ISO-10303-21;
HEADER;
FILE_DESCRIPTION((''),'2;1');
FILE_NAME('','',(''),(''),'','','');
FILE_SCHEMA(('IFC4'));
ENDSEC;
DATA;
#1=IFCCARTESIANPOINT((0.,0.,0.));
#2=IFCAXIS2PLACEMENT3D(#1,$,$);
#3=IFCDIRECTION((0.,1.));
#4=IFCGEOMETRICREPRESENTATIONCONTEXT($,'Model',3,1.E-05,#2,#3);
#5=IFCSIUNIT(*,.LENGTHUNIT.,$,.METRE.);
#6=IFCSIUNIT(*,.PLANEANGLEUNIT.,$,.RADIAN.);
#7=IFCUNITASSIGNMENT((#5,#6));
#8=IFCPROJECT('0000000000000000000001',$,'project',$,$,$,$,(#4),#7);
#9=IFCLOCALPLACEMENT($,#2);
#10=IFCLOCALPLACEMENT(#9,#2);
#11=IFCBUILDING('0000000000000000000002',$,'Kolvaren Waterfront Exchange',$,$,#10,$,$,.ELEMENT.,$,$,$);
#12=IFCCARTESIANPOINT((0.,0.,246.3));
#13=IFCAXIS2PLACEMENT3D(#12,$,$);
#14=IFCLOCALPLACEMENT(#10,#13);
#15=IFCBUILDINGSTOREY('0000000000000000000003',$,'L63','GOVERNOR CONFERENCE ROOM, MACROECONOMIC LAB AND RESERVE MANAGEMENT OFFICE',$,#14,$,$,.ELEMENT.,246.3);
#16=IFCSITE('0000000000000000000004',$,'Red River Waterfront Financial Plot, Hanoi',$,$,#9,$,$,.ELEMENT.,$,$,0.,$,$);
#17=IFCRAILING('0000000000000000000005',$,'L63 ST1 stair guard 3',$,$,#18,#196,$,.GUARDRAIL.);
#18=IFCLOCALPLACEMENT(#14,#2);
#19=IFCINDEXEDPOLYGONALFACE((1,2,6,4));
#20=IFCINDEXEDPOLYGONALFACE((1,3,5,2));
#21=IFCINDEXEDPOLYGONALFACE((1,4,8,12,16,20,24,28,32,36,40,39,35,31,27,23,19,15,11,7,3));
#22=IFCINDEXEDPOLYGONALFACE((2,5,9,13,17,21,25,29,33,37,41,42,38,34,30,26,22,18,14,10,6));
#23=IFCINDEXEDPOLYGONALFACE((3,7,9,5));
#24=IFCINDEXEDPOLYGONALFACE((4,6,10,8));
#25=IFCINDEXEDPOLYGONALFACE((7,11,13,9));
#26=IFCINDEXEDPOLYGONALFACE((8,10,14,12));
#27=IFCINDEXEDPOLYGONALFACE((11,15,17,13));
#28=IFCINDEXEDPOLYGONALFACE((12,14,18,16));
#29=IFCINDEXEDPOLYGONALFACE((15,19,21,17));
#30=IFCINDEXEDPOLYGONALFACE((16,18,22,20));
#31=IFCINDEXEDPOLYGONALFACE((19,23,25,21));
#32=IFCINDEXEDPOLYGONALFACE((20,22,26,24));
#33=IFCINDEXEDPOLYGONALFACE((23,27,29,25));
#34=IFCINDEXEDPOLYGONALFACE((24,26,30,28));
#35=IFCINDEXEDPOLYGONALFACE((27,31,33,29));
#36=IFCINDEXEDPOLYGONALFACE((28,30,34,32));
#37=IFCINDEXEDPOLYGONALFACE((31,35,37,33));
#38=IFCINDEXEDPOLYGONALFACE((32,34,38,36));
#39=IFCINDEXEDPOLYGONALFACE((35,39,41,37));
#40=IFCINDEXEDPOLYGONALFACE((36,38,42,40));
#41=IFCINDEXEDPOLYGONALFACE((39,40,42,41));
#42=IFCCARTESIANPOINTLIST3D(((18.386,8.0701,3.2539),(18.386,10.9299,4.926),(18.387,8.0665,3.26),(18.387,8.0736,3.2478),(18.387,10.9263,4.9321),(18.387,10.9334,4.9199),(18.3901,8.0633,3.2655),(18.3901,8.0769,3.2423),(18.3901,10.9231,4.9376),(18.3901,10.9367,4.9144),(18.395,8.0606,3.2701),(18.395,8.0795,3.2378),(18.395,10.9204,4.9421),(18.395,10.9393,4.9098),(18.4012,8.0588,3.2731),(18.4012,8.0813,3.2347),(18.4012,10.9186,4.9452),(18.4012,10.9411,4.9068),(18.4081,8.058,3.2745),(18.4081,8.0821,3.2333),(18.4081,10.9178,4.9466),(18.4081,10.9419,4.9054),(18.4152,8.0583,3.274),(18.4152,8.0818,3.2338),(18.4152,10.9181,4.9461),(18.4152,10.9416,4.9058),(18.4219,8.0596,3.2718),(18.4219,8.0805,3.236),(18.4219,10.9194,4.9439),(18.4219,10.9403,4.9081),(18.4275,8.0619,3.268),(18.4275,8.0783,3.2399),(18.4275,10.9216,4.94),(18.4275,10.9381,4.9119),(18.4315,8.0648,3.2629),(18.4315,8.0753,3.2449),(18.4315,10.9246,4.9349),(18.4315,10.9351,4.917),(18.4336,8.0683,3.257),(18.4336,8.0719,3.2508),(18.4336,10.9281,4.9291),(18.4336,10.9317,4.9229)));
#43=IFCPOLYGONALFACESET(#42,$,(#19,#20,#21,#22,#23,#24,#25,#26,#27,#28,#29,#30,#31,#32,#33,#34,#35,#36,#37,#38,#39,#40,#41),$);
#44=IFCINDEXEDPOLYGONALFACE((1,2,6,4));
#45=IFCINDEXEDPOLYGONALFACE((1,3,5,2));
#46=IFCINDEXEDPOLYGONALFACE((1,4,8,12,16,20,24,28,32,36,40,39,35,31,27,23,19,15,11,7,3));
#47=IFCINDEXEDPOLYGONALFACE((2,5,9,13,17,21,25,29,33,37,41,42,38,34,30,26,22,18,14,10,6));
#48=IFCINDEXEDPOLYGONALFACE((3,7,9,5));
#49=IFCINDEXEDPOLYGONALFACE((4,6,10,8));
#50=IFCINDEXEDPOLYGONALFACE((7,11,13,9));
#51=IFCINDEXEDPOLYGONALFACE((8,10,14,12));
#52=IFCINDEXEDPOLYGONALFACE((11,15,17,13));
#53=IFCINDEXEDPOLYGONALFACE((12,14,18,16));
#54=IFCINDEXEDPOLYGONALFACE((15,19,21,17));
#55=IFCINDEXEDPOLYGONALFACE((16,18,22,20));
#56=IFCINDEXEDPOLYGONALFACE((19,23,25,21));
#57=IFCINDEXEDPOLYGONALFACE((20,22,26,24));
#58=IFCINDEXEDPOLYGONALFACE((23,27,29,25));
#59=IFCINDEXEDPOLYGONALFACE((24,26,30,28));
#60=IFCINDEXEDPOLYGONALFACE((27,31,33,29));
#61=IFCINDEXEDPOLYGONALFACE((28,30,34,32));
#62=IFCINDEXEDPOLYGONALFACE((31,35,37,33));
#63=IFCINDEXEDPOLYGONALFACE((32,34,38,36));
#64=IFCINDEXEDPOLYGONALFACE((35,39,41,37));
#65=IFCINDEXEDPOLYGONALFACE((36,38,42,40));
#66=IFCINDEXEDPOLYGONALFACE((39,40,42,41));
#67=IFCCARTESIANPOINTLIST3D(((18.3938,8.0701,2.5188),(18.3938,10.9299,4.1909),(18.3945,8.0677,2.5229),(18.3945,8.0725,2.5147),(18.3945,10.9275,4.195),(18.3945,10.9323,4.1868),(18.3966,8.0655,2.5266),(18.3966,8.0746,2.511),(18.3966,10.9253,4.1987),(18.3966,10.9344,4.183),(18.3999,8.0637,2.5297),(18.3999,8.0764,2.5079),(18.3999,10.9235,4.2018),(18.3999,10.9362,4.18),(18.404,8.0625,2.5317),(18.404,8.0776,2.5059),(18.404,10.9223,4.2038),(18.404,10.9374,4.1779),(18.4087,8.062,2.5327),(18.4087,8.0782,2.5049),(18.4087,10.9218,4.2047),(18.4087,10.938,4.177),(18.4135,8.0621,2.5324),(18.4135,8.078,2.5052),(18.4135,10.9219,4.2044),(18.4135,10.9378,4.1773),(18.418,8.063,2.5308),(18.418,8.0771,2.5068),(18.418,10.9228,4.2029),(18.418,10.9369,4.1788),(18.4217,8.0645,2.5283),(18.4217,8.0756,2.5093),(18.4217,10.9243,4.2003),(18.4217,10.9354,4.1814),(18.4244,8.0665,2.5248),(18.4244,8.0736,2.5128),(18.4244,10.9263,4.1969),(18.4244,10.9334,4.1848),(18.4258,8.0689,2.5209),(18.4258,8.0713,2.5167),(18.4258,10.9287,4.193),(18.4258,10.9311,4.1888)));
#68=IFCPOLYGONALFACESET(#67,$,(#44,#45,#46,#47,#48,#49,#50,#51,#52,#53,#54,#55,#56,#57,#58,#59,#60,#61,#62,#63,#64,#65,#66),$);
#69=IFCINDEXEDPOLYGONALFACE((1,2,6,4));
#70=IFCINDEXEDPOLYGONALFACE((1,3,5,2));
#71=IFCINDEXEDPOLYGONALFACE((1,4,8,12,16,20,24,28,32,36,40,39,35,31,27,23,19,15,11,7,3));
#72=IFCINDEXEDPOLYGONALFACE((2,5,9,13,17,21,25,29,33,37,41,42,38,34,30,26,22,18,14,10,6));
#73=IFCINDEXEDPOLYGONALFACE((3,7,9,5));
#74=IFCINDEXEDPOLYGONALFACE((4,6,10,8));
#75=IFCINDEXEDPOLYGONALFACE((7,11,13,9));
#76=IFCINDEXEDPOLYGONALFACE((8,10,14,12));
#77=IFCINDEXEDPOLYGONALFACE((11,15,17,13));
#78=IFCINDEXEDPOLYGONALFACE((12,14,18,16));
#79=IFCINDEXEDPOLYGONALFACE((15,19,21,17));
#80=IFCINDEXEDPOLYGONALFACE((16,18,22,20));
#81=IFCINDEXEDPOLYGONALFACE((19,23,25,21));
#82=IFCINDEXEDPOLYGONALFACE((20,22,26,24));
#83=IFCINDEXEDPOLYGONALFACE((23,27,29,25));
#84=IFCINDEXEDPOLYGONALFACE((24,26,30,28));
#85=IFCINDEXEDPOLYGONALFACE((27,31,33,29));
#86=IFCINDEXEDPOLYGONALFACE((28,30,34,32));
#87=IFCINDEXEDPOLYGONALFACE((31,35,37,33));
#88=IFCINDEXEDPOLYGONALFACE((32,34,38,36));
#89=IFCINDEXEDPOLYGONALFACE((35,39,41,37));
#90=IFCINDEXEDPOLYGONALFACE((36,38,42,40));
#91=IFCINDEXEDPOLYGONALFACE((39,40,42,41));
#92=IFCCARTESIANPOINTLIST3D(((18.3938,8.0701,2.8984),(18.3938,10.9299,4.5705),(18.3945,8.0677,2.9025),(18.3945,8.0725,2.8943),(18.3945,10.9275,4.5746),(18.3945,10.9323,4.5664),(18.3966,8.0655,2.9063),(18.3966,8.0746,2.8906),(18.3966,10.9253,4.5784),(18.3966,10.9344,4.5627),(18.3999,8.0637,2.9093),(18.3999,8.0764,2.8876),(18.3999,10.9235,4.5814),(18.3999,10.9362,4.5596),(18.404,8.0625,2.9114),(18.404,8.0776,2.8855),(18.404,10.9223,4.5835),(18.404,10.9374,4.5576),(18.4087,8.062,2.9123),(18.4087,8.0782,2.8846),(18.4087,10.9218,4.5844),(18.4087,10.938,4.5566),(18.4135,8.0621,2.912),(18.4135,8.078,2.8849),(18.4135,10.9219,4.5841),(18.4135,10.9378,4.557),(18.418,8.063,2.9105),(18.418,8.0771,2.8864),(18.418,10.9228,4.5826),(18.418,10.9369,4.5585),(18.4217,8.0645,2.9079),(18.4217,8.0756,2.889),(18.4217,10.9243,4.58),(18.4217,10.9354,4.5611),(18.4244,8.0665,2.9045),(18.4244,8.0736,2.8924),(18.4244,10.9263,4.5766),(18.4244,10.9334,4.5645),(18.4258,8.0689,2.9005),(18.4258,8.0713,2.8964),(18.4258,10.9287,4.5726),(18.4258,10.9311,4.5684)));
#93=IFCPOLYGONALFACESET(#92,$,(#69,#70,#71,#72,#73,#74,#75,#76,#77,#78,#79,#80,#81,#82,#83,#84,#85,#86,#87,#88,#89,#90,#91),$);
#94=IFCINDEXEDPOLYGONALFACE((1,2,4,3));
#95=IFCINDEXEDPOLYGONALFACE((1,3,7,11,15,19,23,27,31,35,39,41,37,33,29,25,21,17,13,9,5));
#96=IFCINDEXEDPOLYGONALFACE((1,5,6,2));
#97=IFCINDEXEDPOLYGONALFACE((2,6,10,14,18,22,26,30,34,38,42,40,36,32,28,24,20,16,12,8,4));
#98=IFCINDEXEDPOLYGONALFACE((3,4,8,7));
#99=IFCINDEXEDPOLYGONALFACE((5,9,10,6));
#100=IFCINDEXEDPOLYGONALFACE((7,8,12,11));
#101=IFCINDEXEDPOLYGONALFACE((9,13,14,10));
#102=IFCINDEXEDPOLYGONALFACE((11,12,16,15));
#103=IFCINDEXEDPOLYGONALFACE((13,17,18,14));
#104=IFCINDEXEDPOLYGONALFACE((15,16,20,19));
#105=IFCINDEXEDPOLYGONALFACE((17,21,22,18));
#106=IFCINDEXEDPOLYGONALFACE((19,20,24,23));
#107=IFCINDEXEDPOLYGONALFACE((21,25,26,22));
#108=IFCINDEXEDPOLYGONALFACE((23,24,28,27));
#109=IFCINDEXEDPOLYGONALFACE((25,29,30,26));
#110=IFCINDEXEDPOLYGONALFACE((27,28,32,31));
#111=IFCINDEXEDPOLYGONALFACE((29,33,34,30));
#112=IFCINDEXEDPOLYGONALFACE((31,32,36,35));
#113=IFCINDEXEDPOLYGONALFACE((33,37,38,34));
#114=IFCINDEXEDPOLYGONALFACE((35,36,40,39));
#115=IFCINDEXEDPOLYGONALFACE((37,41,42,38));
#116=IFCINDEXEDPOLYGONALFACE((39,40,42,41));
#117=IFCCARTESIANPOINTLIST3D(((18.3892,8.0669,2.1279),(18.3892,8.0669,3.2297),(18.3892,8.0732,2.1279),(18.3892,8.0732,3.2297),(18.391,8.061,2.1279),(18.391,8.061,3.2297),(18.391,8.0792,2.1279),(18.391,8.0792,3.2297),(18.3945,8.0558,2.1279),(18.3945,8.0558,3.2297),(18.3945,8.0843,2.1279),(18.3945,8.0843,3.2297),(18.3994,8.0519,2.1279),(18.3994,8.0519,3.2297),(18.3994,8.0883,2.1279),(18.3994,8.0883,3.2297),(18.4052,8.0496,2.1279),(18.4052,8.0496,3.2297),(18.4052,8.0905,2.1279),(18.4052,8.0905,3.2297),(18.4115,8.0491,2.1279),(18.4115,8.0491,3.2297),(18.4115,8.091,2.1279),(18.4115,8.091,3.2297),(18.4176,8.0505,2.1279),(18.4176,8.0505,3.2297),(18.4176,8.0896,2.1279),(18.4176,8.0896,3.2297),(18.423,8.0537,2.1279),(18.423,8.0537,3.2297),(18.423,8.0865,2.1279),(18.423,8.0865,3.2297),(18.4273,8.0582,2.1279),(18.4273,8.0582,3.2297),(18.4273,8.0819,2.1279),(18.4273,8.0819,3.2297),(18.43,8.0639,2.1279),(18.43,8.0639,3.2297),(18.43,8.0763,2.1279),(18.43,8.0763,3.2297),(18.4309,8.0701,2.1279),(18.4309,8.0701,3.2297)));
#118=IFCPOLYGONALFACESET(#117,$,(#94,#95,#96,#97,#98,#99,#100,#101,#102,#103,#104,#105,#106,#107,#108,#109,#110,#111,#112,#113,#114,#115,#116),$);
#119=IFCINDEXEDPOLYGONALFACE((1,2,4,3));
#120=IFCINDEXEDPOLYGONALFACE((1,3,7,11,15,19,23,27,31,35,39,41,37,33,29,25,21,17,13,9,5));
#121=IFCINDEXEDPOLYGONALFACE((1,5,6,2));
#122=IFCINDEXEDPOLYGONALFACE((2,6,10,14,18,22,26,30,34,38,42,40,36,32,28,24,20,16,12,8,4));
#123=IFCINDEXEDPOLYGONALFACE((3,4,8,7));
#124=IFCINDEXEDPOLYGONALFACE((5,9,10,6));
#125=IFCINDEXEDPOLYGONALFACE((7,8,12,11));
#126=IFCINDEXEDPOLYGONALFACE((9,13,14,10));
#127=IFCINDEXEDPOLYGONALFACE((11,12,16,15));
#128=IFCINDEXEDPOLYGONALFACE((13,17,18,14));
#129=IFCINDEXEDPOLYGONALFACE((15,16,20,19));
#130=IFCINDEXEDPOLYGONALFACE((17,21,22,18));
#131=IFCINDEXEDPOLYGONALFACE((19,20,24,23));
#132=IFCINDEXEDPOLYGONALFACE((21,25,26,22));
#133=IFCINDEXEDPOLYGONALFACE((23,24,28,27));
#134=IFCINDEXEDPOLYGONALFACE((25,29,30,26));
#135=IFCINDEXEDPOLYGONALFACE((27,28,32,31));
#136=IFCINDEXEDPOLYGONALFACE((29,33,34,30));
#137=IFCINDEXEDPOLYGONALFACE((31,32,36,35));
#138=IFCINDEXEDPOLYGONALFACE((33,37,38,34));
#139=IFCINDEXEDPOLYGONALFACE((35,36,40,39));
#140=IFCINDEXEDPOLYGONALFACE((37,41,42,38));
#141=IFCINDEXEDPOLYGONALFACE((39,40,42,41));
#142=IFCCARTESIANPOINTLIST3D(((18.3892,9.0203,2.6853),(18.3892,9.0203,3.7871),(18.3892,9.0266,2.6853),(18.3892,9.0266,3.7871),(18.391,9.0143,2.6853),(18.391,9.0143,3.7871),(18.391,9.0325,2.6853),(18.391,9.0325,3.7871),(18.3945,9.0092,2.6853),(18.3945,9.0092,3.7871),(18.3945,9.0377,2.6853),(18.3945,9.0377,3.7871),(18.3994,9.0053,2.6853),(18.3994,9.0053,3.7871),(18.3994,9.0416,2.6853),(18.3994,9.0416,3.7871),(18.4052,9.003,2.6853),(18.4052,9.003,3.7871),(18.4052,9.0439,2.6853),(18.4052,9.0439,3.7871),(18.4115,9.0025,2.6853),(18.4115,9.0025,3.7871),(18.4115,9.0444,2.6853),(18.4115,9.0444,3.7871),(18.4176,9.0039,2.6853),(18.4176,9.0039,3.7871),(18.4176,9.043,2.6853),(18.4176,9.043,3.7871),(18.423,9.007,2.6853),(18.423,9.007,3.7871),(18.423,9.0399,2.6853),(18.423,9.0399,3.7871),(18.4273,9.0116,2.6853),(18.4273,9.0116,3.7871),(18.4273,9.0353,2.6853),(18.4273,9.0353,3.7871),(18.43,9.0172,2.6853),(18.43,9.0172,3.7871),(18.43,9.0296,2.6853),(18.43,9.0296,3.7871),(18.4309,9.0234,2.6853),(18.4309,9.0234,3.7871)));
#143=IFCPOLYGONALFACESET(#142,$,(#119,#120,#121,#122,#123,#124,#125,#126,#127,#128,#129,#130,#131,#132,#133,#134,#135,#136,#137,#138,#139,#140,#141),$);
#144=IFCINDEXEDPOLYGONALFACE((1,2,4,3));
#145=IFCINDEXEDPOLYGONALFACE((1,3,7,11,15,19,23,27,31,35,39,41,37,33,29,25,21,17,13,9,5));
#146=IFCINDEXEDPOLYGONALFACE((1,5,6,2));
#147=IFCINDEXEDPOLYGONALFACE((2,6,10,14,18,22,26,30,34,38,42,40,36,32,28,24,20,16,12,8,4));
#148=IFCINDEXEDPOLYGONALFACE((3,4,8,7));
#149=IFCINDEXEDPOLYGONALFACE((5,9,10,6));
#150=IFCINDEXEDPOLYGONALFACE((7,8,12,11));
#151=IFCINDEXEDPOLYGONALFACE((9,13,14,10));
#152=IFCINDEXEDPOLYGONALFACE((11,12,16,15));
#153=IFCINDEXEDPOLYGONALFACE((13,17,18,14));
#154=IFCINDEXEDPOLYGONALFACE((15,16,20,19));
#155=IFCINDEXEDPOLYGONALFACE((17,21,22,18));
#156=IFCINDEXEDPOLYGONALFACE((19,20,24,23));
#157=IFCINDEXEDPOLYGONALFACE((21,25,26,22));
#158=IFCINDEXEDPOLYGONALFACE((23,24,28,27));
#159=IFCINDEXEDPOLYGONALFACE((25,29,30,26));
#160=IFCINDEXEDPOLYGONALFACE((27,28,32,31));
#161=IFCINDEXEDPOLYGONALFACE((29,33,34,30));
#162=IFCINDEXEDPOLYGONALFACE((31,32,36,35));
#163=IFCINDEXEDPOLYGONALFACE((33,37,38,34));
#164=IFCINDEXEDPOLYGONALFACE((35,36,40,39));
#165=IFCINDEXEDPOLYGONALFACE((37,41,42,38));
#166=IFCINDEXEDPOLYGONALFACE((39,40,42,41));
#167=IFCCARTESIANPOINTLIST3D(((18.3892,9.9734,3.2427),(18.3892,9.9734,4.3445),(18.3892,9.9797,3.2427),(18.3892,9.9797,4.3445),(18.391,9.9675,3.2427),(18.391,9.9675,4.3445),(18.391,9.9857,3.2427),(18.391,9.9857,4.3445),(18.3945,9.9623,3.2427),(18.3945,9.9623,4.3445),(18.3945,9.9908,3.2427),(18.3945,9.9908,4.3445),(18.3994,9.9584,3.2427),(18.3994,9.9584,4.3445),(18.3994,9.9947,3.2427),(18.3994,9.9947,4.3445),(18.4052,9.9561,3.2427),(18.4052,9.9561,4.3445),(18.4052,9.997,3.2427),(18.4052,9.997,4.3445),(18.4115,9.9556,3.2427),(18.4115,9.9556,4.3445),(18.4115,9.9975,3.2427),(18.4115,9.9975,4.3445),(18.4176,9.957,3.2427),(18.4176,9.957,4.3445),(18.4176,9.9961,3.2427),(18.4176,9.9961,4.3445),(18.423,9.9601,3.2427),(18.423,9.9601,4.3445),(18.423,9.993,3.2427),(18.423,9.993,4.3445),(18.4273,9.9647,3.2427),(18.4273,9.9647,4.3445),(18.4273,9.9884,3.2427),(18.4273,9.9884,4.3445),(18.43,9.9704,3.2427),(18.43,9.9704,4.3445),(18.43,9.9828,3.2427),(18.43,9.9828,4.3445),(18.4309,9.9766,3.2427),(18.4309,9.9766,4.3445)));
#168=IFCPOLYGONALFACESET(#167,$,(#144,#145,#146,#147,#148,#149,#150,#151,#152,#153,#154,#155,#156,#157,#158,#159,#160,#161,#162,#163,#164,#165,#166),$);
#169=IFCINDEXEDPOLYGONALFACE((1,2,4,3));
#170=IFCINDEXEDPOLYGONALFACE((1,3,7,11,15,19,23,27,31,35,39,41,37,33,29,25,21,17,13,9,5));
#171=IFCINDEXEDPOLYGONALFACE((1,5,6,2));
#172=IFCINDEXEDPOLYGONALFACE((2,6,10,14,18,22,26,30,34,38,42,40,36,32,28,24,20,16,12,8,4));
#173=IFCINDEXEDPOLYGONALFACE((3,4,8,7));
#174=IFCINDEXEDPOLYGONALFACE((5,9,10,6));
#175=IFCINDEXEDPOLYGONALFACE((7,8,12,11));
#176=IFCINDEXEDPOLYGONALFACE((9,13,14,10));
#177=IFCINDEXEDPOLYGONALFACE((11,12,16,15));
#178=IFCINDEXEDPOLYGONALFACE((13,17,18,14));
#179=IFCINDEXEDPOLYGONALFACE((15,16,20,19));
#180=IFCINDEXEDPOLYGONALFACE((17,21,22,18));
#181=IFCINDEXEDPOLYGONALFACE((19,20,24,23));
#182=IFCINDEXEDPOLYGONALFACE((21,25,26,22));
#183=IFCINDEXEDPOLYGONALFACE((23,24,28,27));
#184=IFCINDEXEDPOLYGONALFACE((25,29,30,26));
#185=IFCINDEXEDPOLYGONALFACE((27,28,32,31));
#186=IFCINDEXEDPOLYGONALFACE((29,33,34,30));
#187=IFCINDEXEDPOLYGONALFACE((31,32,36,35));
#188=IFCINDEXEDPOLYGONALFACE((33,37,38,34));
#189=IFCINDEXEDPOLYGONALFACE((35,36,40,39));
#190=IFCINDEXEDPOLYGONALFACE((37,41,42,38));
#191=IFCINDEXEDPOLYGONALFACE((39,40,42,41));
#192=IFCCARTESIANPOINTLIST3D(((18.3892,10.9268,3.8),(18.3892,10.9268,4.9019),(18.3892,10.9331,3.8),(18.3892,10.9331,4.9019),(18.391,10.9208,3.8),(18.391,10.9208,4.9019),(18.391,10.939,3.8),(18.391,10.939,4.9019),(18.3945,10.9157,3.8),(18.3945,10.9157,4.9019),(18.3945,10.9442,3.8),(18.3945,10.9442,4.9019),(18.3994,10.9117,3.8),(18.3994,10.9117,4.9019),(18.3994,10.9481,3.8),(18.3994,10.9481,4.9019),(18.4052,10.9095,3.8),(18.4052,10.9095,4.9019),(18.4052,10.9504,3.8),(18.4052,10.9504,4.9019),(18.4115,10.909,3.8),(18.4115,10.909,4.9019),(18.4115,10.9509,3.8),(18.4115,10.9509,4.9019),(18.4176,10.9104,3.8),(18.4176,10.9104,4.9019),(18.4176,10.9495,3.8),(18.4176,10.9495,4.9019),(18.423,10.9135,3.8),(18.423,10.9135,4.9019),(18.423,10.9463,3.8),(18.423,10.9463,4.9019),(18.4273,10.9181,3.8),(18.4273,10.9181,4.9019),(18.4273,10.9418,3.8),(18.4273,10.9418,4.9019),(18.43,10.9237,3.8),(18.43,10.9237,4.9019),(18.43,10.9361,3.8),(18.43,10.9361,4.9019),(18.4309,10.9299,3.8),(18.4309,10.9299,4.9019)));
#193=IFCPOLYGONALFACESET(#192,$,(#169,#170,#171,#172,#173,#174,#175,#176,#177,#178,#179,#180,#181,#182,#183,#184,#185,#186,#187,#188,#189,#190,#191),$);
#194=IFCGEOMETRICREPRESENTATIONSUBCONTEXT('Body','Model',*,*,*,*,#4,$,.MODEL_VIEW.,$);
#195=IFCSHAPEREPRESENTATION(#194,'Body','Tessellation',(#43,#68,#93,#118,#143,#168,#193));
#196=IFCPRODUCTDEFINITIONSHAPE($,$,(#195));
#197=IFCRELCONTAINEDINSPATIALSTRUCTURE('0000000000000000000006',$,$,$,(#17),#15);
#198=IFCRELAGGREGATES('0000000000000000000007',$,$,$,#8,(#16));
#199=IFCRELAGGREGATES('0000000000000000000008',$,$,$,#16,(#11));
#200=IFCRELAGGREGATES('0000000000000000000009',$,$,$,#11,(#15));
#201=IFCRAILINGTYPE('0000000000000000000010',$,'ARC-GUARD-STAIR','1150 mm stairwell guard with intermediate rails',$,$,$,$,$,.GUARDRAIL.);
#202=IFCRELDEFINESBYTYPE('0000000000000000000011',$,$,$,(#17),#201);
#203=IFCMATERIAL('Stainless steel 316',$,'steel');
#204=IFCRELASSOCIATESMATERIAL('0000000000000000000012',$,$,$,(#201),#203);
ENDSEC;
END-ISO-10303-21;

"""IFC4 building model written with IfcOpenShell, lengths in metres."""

from ifc_helpers import new_model, si_unit, direction, frame, origin, origin_2d, place, context, subcontext, project, spatial, circle, extrude, material, type_object, element, save


model = new_model("IFC4")

# Units and contexts
model_context = context("Model", 3, precision=1e-05, world=origin(), true_north=direction((0.0, 1.0)))
body_context = subcontext(model_context, "Body", "Model", "MODEL_VIEW")
ifc_project = project(units=[si_unit("LENGTHUNIT", "METRE"), si_unit("PLANEANGLEUNIT", "RADIAN")], contexts=[model_context])

# Site, building, storey
site_placement = place(None, origin())
site = spatial("IfcSite", under=ifc_project, at=site_placement, Name="Red River Waterfront Financial Plot, Hanoi", CompositionType="ELEMENT", RefElevation=0.0)
building_placement = place(site_placement, origin())
building = spatial("IfcBuilding", under=site, at=building_placement, Name="Kolvaren Waterfront Exchange", CompositionType="ELEMENT")
storey_placement = place(building_placement, frame((0.0, 0.0, 246.3)))
storey = spatial("IfcBuildingStorey", under=building, at=storey_placement, Name="L63", Description="GOVERNOR CONFERENCE ROOM, MACROECONOMIC LAB AND RESERVE MANAGEMENT OFFICE", CompositionType="ELEMENT", Elevation=246.3)

# Railing
ifc_material_1 = material(Name="Stainless steel 316", Category="steel")
railing_type_1 = type_object("IfcRailingType", Name="ARC-GUARD-STAIR", Description="1150 mm stairwell guard with intermediate rails", PredefinedType="GUARDRAIL", material=ifc_material_1)
railing_1_placement = place(storey_placement, frame((18.4099, 8.0701, 2.1279)))
element("IfcRailing", 1, at=railing_1_placement, inside=storey, type_object=railing_type_1, Name="L63 ST1 stair guard 3", PredefinedType="GUARDRAIL", context=body_context, shape_type="SweptSolid", body=[
    extrude(circle(Radius=0.0239, at=origin_2d()), frame((0.0, 0.0, 1.126), z_axis=(0.0, 0.863271, 0.504741), x_axis=(-1.0, 0.0, 0.0)), (0.0, 0.0, 1.0), 3.3127),
    extrude(circle(Radius=0.0161, at=origin_2d()), frame((0.0, 0.0, 0.3909), z_axis=(0.0, 0.863271, 0.504741), x_axis=(-1.0, 0.0, 0.0)), (0.0, 0.0, 1.0), 3.3127),
    extrude(circle(Radius=0.0161, at=origin_2d()), frame((0.0, 0.0, 0.7705), z_axis=(0.0, 0.863271, 0.504741), x_axis=(-1.0, 0.0, 0.0)), (0.0, 0.0, 1.0), 3.3127),
    extrude(circle(Radius=0.021, at=origin_2d()), origin(), (0.0, 0.0, 1.0), 1.1018),
    extrude(circle(Radius=0.021, at=origin_2d()), frame((0.0, 0.9534, 0.5574)), (0.0, 0.0, 1.0), 1.1018),
    extrude(circle(Radius=0.021, at=origin_2d()), frame((0.0, 1.9065, 1.1147)), (0.0, 0.0, 1.0), 1.1018),
    extrude(circle(Radius=0.021, at=origin_2d()), frame((0.0, 2.8599, 1.6721)), (0.0, 0.0, 1.0), 1.1018),
])

save(model, "model.ifc")
